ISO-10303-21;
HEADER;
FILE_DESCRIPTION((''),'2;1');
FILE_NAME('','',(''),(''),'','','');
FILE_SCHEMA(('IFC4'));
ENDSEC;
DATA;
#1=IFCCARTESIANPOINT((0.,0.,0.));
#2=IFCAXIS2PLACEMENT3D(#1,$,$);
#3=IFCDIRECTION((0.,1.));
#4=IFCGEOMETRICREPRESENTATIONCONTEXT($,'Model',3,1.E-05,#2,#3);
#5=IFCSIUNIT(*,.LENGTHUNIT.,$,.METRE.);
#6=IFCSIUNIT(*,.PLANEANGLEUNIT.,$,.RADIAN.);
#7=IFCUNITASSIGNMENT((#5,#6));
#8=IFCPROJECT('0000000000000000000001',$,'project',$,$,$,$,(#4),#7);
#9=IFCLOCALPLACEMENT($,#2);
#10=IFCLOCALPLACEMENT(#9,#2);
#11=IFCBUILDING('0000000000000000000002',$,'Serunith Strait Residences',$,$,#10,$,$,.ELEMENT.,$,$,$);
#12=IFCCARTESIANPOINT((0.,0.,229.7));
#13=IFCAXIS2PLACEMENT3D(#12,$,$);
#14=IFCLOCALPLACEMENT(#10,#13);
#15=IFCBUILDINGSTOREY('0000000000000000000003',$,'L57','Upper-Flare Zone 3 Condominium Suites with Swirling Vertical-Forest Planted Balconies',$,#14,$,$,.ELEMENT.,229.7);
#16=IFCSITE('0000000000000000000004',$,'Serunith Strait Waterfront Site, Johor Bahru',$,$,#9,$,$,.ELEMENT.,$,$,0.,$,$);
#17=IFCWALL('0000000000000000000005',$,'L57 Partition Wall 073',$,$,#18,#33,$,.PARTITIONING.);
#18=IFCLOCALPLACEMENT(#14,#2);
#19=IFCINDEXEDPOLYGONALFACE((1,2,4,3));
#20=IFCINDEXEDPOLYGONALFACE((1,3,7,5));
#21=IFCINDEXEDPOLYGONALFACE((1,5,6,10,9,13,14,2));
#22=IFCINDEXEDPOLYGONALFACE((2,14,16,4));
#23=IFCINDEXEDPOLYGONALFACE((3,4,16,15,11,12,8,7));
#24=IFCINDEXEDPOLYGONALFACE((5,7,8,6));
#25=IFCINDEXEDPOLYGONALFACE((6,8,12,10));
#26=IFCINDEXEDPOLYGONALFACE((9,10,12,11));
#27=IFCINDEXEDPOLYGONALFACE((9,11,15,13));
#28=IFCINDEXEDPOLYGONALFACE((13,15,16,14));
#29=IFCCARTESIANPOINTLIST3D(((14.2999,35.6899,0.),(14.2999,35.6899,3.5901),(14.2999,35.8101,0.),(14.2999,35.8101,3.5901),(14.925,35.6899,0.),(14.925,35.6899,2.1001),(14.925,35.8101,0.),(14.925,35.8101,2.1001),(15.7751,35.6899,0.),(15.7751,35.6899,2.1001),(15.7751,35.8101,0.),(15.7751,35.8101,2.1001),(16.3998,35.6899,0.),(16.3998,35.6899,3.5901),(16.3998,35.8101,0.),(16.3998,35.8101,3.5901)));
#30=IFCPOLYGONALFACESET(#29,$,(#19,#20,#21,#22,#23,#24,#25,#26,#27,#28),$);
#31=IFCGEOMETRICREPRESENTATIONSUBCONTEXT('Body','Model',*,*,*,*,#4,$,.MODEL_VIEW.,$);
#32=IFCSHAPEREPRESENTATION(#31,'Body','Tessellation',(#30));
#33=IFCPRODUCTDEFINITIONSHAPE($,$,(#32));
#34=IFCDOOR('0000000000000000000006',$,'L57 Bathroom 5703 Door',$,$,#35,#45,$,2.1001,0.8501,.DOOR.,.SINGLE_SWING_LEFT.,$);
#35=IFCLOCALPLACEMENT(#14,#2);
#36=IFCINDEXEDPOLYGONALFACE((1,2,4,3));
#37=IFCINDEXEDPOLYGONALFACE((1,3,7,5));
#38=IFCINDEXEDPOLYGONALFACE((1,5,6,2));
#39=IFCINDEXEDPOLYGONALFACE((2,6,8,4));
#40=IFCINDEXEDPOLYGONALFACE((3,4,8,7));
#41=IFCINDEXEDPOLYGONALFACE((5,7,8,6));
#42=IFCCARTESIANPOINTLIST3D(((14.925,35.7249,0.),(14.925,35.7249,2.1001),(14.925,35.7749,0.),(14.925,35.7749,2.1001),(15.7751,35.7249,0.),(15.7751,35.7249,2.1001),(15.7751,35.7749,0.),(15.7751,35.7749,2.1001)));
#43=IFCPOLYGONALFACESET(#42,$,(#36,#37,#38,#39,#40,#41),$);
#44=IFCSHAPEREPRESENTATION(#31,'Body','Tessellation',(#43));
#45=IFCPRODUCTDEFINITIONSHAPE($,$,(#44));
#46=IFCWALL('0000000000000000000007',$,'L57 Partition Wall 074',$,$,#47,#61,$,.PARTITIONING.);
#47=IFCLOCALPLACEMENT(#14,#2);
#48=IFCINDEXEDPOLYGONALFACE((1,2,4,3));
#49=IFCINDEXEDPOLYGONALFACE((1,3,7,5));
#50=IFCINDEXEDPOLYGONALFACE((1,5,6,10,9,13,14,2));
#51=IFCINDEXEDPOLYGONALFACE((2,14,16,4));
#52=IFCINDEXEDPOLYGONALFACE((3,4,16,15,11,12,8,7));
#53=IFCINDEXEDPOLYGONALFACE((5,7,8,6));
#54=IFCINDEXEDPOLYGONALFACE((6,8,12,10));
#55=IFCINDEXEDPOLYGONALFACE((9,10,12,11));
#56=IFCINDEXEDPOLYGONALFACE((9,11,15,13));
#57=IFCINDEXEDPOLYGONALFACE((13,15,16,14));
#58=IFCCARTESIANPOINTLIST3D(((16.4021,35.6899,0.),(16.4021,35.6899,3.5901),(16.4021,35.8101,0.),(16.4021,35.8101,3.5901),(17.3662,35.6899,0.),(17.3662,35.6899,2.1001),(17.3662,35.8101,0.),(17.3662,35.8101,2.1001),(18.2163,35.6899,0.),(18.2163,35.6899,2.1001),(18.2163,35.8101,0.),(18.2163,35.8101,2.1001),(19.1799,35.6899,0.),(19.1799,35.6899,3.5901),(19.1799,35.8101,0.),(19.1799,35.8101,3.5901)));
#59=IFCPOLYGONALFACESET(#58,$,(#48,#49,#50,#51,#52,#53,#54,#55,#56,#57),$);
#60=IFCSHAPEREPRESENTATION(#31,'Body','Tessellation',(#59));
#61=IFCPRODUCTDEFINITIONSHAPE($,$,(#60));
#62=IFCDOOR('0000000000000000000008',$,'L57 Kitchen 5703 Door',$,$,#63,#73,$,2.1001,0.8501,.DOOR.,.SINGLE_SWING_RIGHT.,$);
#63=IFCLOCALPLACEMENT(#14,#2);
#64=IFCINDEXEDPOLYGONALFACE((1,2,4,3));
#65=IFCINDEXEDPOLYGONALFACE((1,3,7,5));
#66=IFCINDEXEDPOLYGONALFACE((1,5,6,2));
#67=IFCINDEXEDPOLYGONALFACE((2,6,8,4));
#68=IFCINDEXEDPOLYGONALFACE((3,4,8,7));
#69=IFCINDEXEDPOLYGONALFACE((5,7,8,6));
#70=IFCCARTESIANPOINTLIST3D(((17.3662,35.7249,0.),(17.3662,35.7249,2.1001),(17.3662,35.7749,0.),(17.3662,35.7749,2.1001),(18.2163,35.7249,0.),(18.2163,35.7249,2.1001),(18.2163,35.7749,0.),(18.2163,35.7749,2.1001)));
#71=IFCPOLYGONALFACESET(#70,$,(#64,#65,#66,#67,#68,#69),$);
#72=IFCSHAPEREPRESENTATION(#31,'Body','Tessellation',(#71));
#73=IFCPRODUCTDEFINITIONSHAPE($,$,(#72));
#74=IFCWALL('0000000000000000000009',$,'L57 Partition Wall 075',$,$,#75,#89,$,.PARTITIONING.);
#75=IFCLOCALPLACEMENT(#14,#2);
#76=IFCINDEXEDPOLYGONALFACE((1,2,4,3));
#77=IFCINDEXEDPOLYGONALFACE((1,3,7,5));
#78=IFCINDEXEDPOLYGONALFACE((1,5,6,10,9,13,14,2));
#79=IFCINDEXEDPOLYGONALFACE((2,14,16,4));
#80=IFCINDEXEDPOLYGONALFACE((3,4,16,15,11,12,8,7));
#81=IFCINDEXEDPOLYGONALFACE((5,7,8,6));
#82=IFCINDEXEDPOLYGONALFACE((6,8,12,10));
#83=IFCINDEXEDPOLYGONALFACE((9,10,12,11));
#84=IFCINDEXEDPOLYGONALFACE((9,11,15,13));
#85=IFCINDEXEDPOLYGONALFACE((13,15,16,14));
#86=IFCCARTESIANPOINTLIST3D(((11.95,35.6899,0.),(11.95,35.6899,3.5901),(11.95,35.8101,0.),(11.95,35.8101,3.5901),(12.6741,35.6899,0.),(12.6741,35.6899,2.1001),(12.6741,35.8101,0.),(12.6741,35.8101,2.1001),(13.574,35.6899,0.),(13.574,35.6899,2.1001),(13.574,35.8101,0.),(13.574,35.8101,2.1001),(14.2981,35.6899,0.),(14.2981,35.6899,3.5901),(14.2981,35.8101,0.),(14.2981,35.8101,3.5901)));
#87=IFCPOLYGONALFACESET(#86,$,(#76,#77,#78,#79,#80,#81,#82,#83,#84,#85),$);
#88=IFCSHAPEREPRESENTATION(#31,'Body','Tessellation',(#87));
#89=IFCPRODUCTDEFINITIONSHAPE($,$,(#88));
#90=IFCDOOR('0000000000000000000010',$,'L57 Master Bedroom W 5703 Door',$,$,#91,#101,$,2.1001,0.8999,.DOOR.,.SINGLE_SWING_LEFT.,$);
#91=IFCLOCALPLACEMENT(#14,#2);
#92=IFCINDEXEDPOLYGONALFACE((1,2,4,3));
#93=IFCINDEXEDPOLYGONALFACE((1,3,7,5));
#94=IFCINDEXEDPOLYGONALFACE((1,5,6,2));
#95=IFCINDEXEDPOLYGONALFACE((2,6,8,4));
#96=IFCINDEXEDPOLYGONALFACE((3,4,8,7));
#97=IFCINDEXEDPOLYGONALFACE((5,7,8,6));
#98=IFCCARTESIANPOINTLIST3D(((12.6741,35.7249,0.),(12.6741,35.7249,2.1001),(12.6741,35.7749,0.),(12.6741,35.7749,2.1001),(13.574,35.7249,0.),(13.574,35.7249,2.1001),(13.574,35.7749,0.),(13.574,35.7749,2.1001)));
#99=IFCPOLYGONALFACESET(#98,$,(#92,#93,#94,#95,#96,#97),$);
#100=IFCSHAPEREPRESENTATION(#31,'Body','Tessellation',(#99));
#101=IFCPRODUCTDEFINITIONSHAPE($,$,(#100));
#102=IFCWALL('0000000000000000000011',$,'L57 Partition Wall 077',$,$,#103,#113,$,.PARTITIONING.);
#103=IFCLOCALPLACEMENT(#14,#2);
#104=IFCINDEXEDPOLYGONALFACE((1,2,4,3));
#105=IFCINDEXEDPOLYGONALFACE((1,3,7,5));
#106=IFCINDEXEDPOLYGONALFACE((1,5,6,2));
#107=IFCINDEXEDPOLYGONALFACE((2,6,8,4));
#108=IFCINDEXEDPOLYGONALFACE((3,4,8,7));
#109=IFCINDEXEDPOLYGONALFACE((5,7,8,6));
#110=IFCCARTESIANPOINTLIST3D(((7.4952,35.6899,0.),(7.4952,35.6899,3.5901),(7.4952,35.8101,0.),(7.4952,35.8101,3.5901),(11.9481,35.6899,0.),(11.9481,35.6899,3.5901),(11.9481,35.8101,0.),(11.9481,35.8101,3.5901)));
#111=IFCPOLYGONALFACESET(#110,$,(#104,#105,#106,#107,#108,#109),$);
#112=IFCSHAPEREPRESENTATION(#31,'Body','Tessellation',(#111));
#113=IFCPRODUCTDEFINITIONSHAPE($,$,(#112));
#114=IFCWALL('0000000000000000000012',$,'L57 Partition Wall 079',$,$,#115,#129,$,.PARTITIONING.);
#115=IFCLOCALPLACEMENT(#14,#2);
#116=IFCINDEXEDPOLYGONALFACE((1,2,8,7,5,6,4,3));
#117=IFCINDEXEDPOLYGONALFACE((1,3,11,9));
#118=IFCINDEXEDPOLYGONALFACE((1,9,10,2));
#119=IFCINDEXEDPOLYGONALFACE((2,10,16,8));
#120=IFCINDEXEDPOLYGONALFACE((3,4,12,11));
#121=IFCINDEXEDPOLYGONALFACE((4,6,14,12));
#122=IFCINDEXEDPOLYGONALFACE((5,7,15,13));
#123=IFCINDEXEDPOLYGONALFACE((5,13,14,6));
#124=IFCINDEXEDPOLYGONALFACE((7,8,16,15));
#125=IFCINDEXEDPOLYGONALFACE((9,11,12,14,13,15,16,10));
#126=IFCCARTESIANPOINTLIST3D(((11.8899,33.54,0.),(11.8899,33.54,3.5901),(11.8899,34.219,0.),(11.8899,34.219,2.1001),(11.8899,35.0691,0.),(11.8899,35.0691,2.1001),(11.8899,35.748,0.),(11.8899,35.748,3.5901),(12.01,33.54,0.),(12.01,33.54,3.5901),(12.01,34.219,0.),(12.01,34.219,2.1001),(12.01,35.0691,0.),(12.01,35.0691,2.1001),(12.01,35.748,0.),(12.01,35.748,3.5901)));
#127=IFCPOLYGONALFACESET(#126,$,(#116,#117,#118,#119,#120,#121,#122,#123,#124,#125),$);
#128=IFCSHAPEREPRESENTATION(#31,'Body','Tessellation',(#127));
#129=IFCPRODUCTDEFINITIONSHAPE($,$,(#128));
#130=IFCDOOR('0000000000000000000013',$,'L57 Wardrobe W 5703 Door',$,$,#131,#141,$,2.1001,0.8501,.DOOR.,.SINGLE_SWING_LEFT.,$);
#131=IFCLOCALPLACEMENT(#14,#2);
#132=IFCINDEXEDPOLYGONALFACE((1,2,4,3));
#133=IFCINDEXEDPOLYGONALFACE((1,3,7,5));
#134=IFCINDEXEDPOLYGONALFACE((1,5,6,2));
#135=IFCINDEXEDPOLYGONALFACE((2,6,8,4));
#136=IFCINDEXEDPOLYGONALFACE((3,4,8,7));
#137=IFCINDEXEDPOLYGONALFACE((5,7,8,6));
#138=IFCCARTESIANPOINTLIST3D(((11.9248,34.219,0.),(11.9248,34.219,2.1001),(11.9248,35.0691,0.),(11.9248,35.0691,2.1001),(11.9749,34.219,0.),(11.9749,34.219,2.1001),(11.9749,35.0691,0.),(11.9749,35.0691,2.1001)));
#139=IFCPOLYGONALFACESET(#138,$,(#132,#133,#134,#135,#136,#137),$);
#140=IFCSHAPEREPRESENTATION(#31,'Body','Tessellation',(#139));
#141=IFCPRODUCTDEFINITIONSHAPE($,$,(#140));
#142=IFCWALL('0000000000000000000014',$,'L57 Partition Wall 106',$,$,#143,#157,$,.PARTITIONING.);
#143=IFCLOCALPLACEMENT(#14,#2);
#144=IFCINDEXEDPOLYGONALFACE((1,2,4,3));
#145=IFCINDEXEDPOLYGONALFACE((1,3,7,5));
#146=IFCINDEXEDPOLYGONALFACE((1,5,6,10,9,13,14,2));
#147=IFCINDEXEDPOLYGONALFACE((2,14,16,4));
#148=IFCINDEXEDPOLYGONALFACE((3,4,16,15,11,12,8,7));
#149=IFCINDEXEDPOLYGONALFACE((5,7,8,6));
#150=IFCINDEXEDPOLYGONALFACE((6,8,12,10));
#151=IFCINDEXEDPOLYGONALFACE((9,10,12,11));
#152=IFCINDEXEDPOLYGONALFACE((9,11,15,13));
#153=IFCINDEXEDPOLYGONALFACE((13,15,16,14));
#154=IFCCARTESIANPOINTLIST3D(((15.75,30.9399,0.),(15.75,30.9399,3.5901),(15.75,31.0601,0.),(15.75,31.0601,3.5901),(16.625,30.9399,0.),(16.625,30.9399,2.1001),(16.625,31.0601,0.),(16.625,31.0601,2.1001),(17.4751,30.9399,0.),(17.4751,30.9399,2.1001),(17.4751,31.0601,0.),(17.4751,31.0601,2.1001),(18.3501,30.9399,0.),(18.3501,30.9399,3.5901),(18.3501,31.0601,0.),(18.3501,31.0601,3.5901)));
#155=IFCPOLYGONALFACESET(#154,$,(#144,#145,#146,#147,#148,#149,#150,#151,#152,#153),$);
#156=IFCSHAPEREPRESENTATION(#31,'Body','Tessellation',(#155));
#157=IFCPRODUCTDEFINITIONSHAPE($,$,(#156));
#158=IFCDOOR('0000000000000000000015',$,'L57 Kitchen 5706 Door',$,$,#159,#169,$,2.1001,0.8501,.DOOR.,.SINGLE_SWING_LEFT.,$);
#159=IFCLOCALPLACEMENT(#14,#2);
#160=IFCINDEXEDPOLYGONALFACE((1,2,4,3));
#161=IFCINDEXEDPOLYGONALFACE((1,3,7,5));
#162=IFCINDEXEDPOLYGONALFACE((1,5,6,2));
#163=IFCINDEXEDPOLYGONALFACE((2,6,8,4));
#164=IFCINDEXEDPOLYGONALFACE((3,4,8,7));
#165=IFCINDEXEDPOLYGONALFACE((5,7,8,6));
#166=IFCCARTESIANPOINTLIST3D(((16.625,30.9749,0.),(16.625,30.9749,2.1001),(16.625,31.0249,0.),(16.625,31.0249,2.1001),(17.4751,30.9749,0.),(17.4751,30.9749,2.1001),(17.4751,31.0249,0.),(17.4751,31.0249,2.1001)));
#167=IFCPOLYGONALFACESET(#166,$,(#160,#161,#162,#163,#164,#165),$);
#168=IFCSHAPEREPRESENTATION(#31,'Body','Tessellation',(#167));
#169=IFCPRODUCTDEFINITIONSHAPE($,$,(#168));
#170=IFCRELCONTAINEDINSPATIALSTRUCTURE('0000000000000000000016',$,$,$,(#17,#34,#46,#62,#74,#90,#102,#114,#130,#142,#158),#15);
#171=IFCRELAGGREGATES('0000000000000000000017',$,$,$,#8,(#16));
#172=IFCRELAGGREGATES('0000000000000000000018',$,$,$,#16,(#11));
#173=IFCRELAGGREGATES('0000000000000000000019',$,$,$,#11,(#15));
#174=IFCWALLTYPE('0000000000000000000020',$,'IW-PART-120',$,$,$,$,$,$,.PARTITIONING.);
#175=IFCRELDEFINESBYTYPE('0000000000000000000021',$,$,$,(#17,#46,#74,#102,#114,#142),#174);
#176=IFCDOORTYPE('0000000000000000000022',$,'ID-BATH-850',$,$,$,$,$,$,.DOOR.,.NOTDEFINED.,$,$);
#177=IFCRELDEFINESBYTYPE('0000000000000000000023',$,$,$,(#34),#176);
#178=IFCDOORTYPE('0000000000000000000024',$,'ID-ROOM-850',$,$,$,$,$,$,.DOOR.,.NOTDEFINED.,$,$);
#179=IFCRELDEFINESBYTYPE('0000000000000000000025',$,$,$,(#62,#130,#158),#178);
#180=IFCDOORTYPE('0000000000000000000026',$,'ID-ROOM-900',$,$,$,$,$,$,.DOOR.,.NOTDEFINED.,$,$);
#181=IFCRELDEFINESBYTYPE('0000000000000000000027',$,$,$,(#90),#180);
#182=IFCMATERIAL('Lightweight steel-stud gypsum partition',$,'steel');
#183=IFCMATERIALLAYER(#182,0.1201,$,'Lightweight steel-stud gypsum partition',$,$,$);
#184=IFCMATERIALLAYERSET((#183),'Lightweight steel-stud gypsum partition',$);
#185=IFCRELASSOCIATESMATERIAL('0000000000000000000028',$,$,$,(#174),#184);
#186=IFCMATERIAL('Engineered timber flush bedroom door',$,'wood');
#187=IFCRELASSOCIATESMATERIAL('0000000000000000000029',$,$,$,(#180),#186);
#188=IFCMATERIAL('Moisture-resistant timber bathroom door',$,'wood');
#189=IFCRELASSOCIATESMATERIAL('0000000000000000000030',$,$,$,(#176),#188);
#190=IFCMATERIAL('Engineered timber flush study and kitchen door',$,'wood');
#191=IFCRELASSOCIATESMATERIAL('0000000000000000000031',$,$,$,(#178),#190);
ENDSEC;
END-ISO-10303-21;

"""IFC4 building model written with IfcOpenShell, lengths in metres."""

from ifc_helpers import new_model, si_unit, direction, frame, frame_2d, origin, place, context, subcontext, project, spatial, rectangle, extrude, source, transform, mapped, material, layer, layer_set, type_object, element, fill, save


model = new_model("IFC4")

# Units and contexts
model_context = context("Model", 3, precision=1e-05, world=origin(), true_north=direction((0.0, 1.0)))
body_context = subcontext(model_context, "Body", "Model", "MODEL_VIEW")
ifc_project = project(units=[si_unit("LENGTHUNIT", "METRE"), si_unit("PLANEANGLEUNIT", "RADIAN")], contexts=[model_context])

# Site, building, storey
site_placement = place(None, origin())
site = spatial("IfcSite", under=ifc_project, at=site_placement, Name="Serunith Strait Waterfront Site, Johor Bahru", CompositionType="ELEMENT", RefElevation=0.0)
building_placement = place(site_placement, origin())
building = spatial("IfcBuilding", under=site, at=building_placement, Name="Serunith Strait Residences", CompositionType="ELEMENT")
storey_placement = place(building_placement, frame((0.0, 0.0, 229.7)))
storey = spatial("IfcBuildingStorey", under=building, at=storey_placement, Name="L57", Description="Upper-Flare Zone 3 Condominium Suites with Swirling Vertical-Forest Planted Balconies", CompositionType="ELEMENT", Elevation=229.7)

# Walls, openings, doors
ifc_material_1 = material(Name="Lightweight steel-stud gypsum partition", Category="steel")
ifc_layer_1 = layer(ifc_material_1, 0.1201, Name="Lightweight steel-stud gypsum partition")
ifc_layer_set_1 = layer_set([ifc_layer_1], Name="Lightweight steel-stud gypsum partition")
wall_type_1 = type_object("IfcWallType", Name="IW-PART-120", PredefinedType="PARTITIONING", material=ifc_layer_set_1)
ifc_material_2 = material(Name="Engineered timber flush bedroom door", Category="wood")
door_type_1 = type_object("IfcDoorType", Name="ID-ROOM-900", OperationType="NOTDEFINED", PredefinedType="DOOR", material=ifc_material_2)
shared_shape_1 = source(origin(), body_context, "Body", "SweptSolid", [
    extrude(rectangle(XDim=0.8999, YDim=2.1001, at=frame_2d((0.45, 1.05))), frame((0.0, 0.0249, 0.0), z_axis=(0.0, -1.0, 0.0), x_axis=(1.0, 0.0, 0.0)), (0.0, 0.0, 1.0), 0.05),
])
wall_1_placement = place(storey_placement, frame((14.3, 35.75, 0.0), z_axis=(0.0, 0.0, 1.0), x_axis=(1.0, 0.0, 0.0)))
wall_1 = element("IfcWall", 1, at=wall_1_placement, inside=storey, type_object=wall_type_1, Name="L57 Partition Wall 073", PredefinedType="PARTITIONING", context=body_context, shape_type="SweptSolid", body=[
    extrude(rectangle(XDim=2.0999, YDim=0.1201, at=frame_2d((1.0498, 0.0))), origin(), (0.0, 0.0, 1.0), 3.5901),
])
opening_1_placement = place(wall_1_placement, frame((0.625, 0.0, 0.0)))
opening_1 = element("IfcOpeningElement", 2, at=opening_1_placement, cuts=wall_1, PredefinedType="OPENING", context=body_context, shape_type="SweptSolid", body=[
    extrude(rectangle(XDim=0.8501, YDim=2.1001, at=frame_2d((0.425, 1.05))), frame((0.0, 0.0701, 0.0), z_axis=(0.0, -1.0, 0.0), x_axis=(1.0, 0.0, 0.0)), (0.0, 0.0, 1.0), 0.1401),
])
ifc_material_3 = material(Name="Moisture-resistant timber bathroom door", Category="wood")
door_type_2 = type_object("IfcDoorType", Name="ID-BATH-850", OperationType="NOTDEFINED", PredefinedType="DOOR", material=ifc_material_3)
shared_shape_2 = source(origin(), body_context, "Body", "SweptSolid", [
    extrude(rectangle(XDim=0.8501, YDim=2.1001, at=frame_2d((0.425, 1.05))), frame((0.0, 0.0249, 0.0), z_axis=(0.0, -1.0, 0.0), x_axis=(1.0, 0.0, 0.0)), (0.0, 0.0, 1.0), 0.05),
])
door_1_placement = place(opening_1_placement, origin())
door_1 = element("IfcDoor", 3, at=door_1_placement, inside=storey, type_object=door_type_2, Name="L57 Bathroom 5703 Door", OperationType="SINGLE_SWING_LEFT", OverallHeight=2.1001, OverallWidth=0.8501, PredefinedType="DOOR", context=body_context, shape_type="MappedRepresentation", body=[
    mapped(shared_shape_2, transform((0.0, 0.0, 0.0), scale=1.0)),
])
fill(opening_1, door_1)
wall_2_placement = place(storey_placement, frame((16.4021, 35.75, 0.0), z_axis=(0.0, 0.0, 1.0), x_axis=(1.0, 0.0, 0.0)))
wall_2 = element("IfcWall", 4, at=wall_2_placement, inside=storey, type_object=wall_type_1, Name="L57 Partition Wall 074", PredefinedType="PARTITIONING", context=body_context, shape_type="SweptSolid", body=[
    extrude(rectangle(XDim=2.7778, YDim=0.1201, at=frame_2d((1.3889, 0.0))), origin(), (0.0, 0.0, 1.0), 3.5901),
])
opening_2_placement = place(wall_2_placement, frame((0.9641, 0.0, 0.0)))
opening_2 = element("IfcOpeningElement", 5, at=opening_2_placement, cuts=wall_2, PredefinedType="OPENING", context=body_context, shape_type="SweptSolid", body=[
    extrude(rectangle(XDim=0.8501, YDim=2.1001, at=frame_2d((0.425, 1.05))), frame((0.0, 0.0701, 0.0), z_axis=(0.0, -1.0, 0.0), x_axis=(1.0, 0.0, 0.0)), (0.0, 0.0, 1.0), 0.1401),
])
ifc_material_4 = material(Name="Engineered timber flush study and kitchen door", Category="wood")
door_type_3 = type_object("IfcDoorType", Name="ID-ROOM-850", OperationType="NOTDEFINED", PredefinedType="DOOR", material=ifc_material_4)
door_2_placement = place(opening_2_placement, origin())
door_2 = element("IfcDoor", 6, at=door_2_placement, inside=storey, type_object=door_type_3, Name="L57 Kitchen 5703 Door", OperationType="SINGLE_SWING_RIGHT", OverallHeight=2.1001, OverallWidth=0.8501, PredefinedType="DOOR", context=body_context, shape_type="MappedRepresentation", body=[
    mapped(shared_shape_2, transform((0.0, 0.0, 0.0), scale=1.0)),
])
fill(opening_2, door_2)
wall_3_placement = place(storey_placement, frame((11.95, 35.75, 0.0), z_axis=(0.0, 0.0, 1.0), x_axis=(1.0, 0.0, 0.0)))
wall_3 = element("IfcWall", 7, at=wall_3_placement, inside=storey, type_object=wall_type_1, Name="L57 Partition Wall 075", PredefinedType="PARTITIONING", context=body_context, shape_type="SweptSolid", body=[
    extrude(rectangle(XDim=2.3481, YDim=0.1201, at=frame_2d((1.1741, 0.0))), origin(), (0.0, 0.0, 1.0), 3.5901),
])
opening_3_placement = place(wall_3_placement, frame((0.7241, 0.0, 0.0)))
opening_3 = element("IfcOpeningElement", 8, at=opening_3_placement, cuts=wall_3, PredefinedType="OPENING", context=body_context, shape_type="SweptSolid", body=[
    extrude(rectangle(XDim=0.8999, YDim=2.1001, at=frame_2d((0.45, 1.05))), frame((0.0, 0.0701, 0.0), z_axis=(0.0, -1.0, 0.0), x_axis=(1.0, 0.0, 0.0)), (0.0, 0.0, 1.0), 0.1401),
])
door_3_placement = place(opening_3_placement, origin())
door_3 = element("IfcDoor", 9, at=door_3_placement, inside=storey, type_object=door_type_1, Name="L57 Master Bedroom W 5703 Door", OperationType="SINGLE_SWING_LEFT", OverallHeight=2.1001, OverallWidth=0.8999, PredefinedType="DOOR", context=body_context, shape_type="MappedRepresentation", body=[
    mapped(shared_shape_1, transform((0.0, 0.0, 0.0), scale=1.0)),
])
fill(opening_3, door_3)

# Wall
wall_4_placement = place(storey_placement, frame((7.4951, 35.75, 0.0), z_axis=(0.0, 0.0, 1.0), x_axis=(1.0, 0.0, 0.0)))
element("IfcWall", 10, at=wall_4_placement, inside=storey, type_object=wall_type_1, Name="L57 Partition Wall 077", PredefinedType="PARTITIONING", context=body_context, shape_type="SweptSolid", body=[
    extrude(rectangle(XDim=4.4529, YDim=0.1201, at=frame_2d((2.2266, 0.0))), origin(), (0.0, 0.0, 1.0), 3.5901),
])

# Walls, openings, doors
wall_5_placement = place(storey_placement, frame((11.95, 35.748, 0.0), z_axis=(0.0, 0.0, 1.0), x_axis=(0.0, -1.0, 0.0)))
wall_5 = element("IfcWall", 11, at=wall_5_placement, inside=storey, type_object=wall_type_1, Name="L57 Partition Wall 079", PredefinedType="PARTITIONING", context=body_context, shape_type="SweptSolid", body=[
    extrude(rectangle(XDim=2.208, YDim=0.1201, at=frame_2d((1.104, 0.0))), origin(), (0.0, 0.0, 1.0), 3.5901),
])
opening_4_placement = place(wall_5_placement, frame((0.679, 0.0, 0.0)))
opening_4 = element("IfcOpeningElement", 12, at=opening_4_placement, cuts=wall_5, PredefinedType="OPENING", context=body_context, shape_type="SweptSolid", body=[
    extrude(rectangle(XDim=0.8501, YDim=2.1001, at=frame_2d((0.425, 1.05))), frame((0.0, 0.0701, 0.0), z_axis=(0.0, -1.0, 0.0), x_axis=(1.0, 0.0, 0.0)), (0.0, 0.0, 1.0), 0.1401),
])
door_4_placement = place(opening_4_placement, origin())
door_4 = element("IfcDoor", 13, at=door_4_placement, inside=storey, type_object=door_type_3, Name="L57 Wardrobe W 5703 Door", OperationType="SINGLE_SWING_LEFT", OverallHeight=2.1001, OverallWidth=0.8501, PredefinedType="DOOR", context=body_context, shape_type="MappedRepresentation", body=[
    mapped(shared_shape_2, transform((0.0, 0.0, 0.0), scale=1.0)),
])
fill(opening_4, door_4)
wall_6_placement = place(storey_placement, frame((15.75, 31.0, 0.0), z_axis=(0.0, 0.0, 1.0), x_axis=(1.0, 0.0, 0.0)))
wall_6 = element("IfcWall", 14, at=wall_6_placement, inside=storey, type_object=wall_type_1, Name="L57 Partition Wall 106", PredefinedType="PARTITIONING", context=body_context, shape_type="SweptSolid", body=[
    extrude(rectangle(XDim=2.6001, YDim=0.1201, at=frame_2d((1.3, 0.0))), origin(), (0.0, 0.0, 1.0), 3.5901),
])
opening_5_placement = place(wall_6_placement, frame((0.875, 0.0, 0.0)))
opening_5 = element("IfcOpeningElement", 15, at=opening_5_placement, cuts=wall_6, PredefinedType="OPENING", context=body_context, shape_type="SweptSolid", body=[
    extrude(rectangle(XDim=0.8501, YDim=2.1001, at=frame_2d((0.425, 1.05))), frame((0.0, 0.0701, 0.0), z_axis=(0.0, -1.0, 0.0), x_axis=(1.0, 0.0, 0.0)), (0.0, 0.0, 1.0), 0.1401),
])
door_5_placement = place(opening_5_placement, origin())
door_5 = element("IfcDoor", 16, at=door_5_placement, inside=storey, type_object=door_type_3, Name="L57 Kitchen 5706 Door", OperationType="SINGLE_SWING_LEFT", OverallHeight=2.1001, OverallWidth=0.8501, PredefinedType="DOOR", context=body_context, shape_type="MappedRepresentation", body=[
    mapped(shared_shape_2, transform((0.0, 0.0, 0.0), scale=1.0)),
])
fill(opening_5, door_5)

save(model, "model.ifc")
